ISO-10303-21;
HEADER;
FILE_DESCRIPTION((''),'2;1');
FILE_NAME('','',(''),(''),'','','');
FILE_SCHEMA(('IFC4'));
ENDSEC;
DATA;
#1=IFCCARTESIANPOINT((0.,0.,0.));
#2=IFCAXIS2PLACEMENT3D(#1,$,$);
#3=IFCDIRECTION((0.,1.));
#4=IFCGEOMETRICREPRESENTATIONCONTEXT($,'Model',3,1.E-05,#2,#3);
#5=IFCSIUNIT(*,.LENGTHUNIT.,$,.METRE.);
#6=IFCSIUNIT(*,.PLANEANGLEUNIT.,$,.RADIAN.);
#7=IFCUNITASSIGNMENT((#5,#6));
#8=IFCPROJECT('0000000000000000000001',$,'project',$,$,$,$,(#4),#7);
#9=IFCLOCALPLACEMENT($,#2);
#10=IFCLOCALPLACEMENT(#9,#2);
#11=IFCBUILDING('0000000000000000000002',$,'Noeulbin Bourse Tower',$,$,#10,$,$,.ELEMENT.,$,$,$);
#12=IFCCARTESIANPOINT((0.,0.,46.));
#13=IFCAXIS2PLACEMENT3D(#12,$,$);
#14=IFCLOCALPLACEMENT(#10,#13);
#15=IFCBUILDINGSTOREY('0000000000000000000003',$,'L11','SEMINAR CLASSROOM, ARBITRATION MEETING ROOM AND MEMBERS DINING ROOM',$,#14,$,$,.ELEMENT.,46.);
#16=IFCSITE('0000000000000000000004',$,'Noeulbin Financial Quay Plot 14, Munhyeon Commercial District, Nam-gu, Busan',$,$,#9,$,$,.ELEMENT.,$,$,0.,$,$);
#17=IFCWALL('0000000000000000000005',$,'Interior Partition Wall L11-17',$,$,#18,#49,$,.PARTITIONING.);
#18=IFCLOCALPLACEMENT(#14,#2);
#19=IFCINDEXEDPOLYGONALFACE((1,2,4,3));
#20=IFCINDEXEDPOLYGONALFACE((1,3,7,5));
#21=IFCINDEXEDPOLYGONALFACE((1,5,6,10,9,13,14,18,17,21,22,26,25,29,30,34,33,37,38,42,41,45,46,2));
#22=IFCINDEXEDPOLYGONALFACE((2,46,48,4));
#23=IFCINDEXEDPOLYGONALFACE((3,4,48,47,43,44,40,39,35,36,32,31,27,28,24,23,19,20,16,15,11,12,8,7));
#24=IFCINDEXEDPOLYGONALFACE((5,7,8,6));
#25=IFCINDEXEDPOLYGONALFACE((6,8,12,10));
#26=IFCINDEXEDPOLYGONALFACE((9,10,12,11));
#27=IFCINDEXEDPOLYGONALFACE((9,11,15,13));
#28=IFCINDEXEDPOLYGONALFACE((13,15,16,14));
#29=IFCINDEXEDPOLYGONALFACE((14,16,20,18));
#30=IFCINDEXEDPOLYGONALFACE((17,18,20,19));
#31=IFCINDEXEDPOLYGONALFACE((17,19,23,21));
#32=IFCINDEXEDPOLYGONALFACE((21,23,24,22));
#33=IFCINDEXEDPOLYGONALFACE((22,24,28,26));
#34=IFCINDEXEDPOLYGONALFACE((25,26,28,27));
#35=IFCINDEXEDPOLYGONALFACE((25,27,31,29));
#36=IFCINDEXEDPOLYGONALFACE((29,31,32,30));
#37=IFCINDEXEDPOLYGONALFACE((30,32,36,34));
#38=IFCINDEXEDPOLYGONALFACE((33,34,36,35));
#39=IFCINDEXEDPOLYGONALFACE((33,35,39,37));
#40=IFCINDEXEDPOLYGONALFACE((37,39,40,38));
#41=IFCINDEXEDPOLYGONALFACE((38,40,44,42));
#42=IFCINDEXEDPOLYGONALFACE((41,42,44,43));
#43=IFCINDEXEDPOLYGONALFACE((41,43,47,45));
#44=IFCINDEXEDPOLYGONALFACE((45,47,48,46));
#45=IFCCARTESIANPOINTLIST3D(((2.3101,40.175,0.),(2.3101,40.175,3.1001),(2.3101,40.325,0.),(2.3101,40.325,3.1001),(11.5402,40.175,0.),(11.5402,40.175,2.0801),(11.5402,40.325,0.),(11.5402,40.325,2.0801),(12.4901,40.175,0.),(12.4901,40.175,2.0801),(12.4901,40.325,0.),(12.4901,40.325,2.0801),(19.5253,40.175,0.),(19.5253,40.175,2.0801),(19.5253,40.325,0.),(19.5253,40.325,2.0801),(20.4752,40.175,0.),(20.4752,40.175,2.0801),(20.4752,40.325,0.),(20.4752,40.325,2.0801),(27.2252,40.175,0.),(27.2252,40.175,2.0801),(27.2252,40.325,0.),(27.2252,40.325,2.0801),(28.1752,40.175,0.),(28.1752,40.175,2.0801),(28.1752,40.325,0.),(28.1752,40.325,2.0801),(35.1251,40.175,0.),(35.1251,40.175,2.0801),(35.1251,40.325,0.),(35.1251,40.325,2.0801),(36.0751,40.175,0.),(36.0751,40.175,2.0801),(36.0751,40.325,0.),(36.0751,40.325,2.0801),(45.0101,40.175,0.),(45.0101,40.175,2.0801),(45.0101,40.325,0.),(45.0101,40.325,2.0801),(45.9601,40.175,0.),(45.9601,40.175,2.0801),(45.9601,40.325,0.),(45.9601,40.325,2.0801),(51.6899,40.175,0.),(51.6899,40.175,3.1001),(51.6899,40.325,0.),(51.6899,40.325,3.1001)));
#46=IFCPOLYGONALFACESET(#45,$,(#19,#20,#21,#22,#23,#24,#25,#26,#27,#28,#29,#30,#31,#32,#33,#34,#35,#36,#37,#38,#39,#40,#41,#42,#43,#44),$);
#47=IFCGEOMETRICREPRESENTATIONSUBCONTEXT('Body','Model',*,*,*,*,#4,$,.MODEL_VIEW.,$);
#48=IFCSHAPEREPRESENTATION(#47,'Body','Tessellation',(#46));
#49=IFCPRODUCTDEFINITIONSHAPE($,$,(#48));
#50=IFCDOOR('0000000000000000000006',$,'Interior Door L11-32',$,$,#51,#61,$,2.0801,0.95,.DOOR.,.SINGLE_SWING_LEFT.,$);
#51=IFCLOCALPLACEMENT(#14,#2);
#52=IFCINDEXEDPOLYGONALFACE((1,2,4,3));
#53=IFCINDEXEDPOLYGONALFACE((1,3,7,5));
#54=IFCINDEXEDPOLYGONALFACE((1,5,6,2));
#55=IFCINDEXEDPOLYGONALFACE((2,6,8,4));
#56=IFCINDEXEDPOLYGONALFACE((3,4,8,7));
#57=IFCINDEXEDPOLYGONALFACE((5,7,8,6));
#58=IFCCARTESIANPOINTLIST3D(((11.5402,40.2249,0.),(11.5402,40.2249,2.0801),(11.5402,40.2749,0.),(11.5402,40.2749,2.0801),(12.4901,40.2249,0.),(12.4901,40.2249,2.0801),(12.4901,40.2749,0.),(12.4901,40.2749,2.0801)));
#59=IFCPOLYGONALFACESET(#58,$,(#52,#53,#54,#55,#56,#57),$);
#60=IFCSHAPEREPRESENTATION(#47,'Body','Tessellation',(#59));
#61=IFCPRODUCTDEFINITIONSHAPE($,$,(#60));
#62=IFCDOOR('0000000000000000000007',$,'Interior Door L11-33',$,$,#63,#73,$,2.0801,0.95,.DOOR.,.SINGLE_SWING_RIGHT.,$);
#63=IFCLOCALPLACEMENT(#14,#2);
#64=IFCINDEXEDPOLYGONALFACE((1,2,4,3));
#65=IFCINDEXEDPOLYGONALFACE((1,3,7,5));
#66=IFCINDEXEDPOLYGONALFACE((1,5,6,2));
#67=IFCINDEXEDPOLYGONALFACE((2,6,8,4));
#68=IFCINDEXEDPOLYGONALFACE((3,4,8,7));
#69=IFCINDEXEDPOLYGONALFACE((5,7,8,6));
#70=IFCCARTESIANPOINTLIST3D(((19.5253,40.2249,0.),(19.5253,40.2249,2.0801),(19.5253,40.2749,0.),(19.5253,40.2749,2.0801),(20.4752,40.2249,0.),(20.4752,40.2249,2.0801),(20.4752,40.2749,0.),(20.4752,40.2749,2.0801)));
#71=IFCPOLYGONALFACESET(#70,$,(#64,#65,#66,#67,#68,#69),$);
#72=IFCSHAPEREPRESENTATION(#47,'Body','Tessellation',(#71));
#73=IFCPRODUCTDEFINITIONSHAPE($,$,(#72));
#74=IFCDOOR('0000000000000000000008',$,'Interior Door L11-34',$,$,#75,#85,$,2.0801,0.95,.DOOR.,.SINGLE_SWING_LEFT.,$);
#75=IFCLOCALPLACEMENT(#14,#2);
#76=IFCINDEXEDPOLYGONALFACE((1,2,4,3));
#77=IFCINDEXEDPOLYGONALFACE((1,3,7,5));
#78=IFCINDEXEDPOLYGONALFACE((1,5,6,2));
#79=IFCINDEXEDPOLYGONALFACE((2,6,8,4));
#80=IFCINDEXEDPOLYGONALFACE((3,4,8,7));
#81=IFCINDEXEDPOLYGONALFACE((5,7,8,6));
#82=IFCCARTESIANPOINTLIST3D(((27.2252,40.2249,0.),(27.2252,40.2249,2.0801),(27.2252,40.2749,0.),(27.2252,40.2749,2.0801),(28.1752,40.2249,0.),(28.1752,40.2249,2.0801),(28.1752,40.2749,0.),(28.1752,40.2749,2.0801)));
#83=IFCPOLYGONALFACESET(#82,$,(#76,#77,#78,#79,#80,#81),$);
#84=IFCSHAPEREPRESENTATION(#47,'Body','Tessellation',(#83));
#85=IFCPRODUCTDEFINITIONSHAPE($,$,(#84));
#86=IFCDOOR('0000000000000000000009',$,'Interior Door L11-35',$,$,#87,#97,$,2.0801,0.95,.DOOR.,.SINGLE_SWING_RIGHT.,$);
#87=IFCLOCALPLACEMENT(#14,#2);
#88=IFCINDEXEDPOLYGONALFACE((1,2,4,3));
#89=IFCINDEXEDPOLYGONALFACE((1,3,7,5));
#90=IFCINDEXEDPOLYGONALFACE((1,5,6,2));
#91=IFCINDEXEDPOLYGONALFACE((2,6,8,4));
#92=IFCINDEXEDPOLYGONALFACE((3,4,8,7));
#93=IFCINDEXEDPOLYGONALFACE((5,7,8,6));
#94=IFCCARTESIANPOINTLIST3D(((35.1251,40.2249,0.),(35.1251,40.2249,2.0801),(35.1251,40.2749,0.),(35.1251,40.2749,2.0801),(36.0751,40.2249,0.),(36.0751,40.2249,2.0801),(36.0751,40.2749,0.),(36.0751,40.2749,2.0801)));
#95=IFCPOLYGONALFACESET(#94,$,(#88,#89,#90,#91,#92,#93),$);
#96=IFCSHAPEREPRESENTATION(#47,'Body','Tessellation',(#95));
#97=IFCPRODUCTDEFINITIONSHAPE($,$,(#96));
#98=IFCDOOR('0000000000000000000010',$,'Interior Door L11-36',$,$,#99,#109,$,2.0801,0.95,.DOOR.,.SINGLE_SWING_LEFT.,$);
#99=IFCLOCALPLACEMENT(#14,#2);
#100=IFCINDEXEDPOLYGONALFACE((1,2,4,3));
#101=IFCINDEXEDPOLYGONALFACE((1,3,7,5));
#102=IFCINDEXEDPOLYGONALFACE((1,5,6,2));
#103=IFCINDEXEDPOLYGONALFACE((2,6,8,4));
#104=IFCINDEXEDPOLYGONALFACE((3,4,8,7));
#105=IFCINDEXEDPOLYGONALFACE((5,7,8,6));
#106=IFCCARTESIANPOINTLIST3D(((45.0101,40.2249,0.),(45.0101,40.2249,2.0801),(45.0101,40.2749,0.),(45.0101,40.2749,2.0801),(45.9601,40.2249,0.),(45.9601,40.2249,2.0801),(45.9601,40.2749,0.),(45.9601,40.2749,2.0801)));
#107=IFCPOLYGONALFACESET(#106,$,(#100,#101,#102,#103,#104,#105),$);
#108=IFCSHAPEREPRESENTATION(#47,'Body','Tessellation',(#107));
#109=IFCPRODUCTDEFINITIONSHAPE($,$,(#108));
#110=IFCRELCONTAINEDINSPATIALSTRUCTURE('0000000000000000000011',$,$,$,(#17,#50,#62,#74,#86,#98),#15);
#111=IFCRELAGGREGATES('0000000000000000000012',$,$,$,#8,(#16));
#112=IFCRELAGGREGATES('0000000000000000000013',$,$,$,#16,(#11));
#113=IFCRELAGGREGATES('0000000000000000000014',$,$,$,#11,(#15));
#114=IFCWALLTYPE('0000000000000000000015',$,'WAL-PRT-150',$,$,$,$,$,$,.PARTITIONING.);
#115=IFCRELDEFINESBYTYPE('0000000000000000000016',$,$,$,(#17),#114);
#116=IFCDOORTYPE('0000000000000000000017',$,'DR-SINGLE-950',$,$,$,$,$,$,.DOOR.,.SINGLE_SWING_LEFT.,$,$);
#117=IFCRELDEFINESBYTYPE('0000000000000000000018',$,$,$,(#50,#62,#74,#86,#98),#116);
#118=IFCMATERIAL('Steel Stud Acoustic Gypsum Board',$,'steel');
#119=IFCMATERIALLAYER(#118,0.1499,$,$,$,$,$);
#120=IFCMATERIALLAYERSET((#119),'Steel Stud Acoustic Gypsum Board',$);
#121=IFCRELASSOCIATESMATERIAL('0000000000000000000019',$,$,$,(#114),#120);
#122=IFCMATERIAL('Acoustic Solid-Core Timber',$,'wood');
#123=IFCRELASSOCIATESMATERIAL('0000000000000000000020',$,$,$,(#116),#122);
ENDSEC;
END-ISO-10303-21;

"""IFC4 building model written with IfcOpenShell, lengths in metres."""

from ifc_helpers import new_model, si_unit, direction, frame, frame_2d, origin, place, context, subcontext, project, spatial, rectangle, extrude, material, layer, layer_set, type_object, element, fill, save


model = new_model("IFC4")

# Units and contexts
model_context = context("Model", 3, precision=1e-05, world=origin(), true_north=direction((0.0, 1.0)))
body_context = subcontext(model_context, "Body", "Model", "MODEL_VIEW")
ifc_project = project(units=[si_unit("LENGTHUNIT", "METRE"), si_unit("PLANEANGLEUNIT", "RADIAN")], contexts=[model_context])

# Site, building, storey
site_placement = place(None, origin())
site = spatial("IfcSite", under=ifc_project, at=site_placement, Name="Noeulbin Financial Quay Plot 14, Munhyeon Commercial District, Nam-gu, Busan", CompositionType="ELEMENT", RefElevation=0.0)
building_placement = place(site_placement, origin())
building = spatial("IfcBuilding", under=site, at=building_placement, Name="Noeulbin Bourse Tower", CompositionType="ELEMENT")
storey_placement = place(building_placement, frame((0.0, 0.0, 46.0)))
storey = spatial("IfcBuildingStorey", under=building, at=storey_placement, Name="L11", Description="SEMINAR CLASSROOM, ARBITRATION MEETING ROOM AND MEMBERS DINING ROOM", CompositionType="ELEMENT", Elevation=46.0)

# Wall, openings, doors
ifc_material_1 = material(Name="Steel Stud Acoustic Gypsum Board", Category="steel")
ifc_layer_1 = layer(ifc_material_1, 0.1499)
ifc_layer_set_1 = layer_set([ifc_layer_1], Name="Steel Stud Acoustic Gypsum Board")
wall_type_1 = type_object("IfcWallType", Name="WAL-PRT-150", PredefinedType="PARTITIONING", material=ifc_layer_set_1)
wall_1_placement = place(storey_placement, frame((2.3101, 40.25, 0.0), z_axis=(0.0, 0.0, 1.0), x_axis=(1.0, 0.0, 0.0)))
wall_1 = element("IfcWall", 1, at=wall_1_placement, inside=storey, type_object=wall_type_1, Name="Interior Partition Wall L11-17", PredefinedType="PARTITIONING", context=body_context, shape_type="SweptSolid", body=[
    extrude(rectangle(XDim=49.3799, YDim=0.1499, at=frame_2d((24.6899, 0.0))), origin(), (0.0, 0.0, 1.0), 3.1001),
])
opening_1_placement = place(wall_1_placement, frame((9.23, 0.0, 0.0)))
opening_1 = element("IfcOpeningElement", 2, at=opening_1_placement, cuts=wall_1, PredefinedType="OPENING", context=body_context, shape_type="SweptSolid", body=[
    extrude(rectangle(XDim=0.95, YDim=2.0801, at=frame_2d((0.4751, 1.04))), frame((0.0, 0.085, 0.0), z_axis=(0.0, -1.0, 0.0), x_axis=(1.0, 0.0, 0.0)), (0.0, 0.0, 1.0), 0.1699),
])
opening_2_placement = place(wall_1_placement, frame((17.2151, 0.0, 0.0)))
opening_2 = element("IfcOpeningElement", 3, at=opening_2_placement, cuts=wall_1, PredefinedType="OPENING", context=body_context, shape_type="SweptSolid", body=[
    extrude(rectangle(XDim=0.95, YDim=2.0801, at=frame_2d((0.4751, 1.04))), frame((0.0, 0.085, 0.0), z_axis=(0.0, -1.0, 0.0), x_axis=(1.0, 0.0, 0.0)), (0.0, 0.0, 1.0), 0.1699),
])
opening_3_placement = place(wall_1_placement, frame((24.915, 0.0, 0.0)))
opening_3 = element("IfcOpeningElement", 4, at=opening_3_placement, cuts=wall_1, PredefinedType="OPENING", context=body_context, shape_type="SweptSolid", body=[
    extrude(rectangle(XDim=0.95, YDim=2.0801, at=frame_2d((0.4751, 1.04))), frame((0.0, 0.085, 0.0), z_axis=(0.0, -1.0, 0.0), x_axis=(1.0, 0.0, 0.0)), (0.0, 0.0, 1.0), 0.1699),
])
opening_4_placement = place(wall_1_placement, frame((32.8149, 0.0, 0.0)))
opening_4 = element("IfcOpeningElement", 5, at=opening_4_placement, cuts=wall_1, PredefinedType="OPENING", context=body_context, shape_type="SweptSolid", body=[
    extrude(rectangle(XDim=0.95, YDim=2.0801, at=frame_2d((0.4751, 1.04))), frame((0.0, 0.085, 0.0), z_axis=(0.0, -1.0, 0.0), x_axis=(1.0, 0.0, 0.0)), (0.0, 0.0, 1.0), 0.1699),
])
opening_5_placement = place(wall_1_placement, frame((42.7, 0.0, 0.0)))
opening_5 = element("IfcOpeningElement", 6, at=opening_5_placement, cuts=wall_1, PredefinedType="OPENING", context=body_context, shape_type="SweptSolid", body=[
    extrude(rectangle(XDim=0.95, YDim=2.0801, at=frame_2d((0.4751, 1.04))), frame((0.0, 0.085, 0.0), z_axis=(0.0, -1.0, 0.0), x_axis=(1.0, 0.0, 0.0)), (0.0, 0.0, 1.0), 0.1699),
])
ifc_material_2 = material(Name="Acoustic Solid-Core Timber", Category="wood")
door_type = type_object("IfcDoorType", Name="DR-SINGLE-950", OperationType="SINGLE_SWING_LEFT", PredefinedType="DOOR", material=ifc_material_2)
door_1_placement = place(opening_1_placement, origin())
door_1 = element("IfcDoor", 7, at=door_1_placement, inside=storey, type_object=door_type, Name="Interior Door L11-32", OperationType="SINGLE_SWING_LEFT", OverallHeight=2.0801, OverallWidth=0.95, PredefinedType="DOOR", context=body_context, shape_type="SweptSolid", body=[
    extrude(rectangle(XDim=0.95, YDim=2.0801, at=frame_2d((0.4751, 1.04))), frame((0.0, 0.0249, 0.0), z_axis=(0.0, -1.0, 0.0), x_axis=(1.0, 0.0, 0.0)), (0.0, 0.0, 1.0), 0.05),
])
fill(opening_1, door_1)
door_2_placement = place(opening_2_placement, origin())
door_2 = element("IfcDoor", 8, at=door_2_placement, inside=storey, type_object=door_type, Name="Interior Door L11-33", OperationType="SINGLE_SWING_RIGHT", OverallHeight=2.0801, OverallWidth=0.95, PredefinedType="DOOR", context=body_context, shape_type="SweptSolid", body=[
    extrude(rectangle(XDim=0.95, YDim=2.0801, at=frame_2d((0.4751, 1.04))), frame((0.0, 0.0249, 0.0), z_axis=(0.0, -1.0, 0.0), x_axis=(1.0, 0.0, 0.0)), (0.0, 0.0, 1.0), 0.05),
])
fill(opening_2, door_2)
door_3_placement = place(opening_3_placement, origin())
door_3 = element("IfcDoor", 9, at=door_3_placement, inside=storey, type_object=door_type, Name="Interior Door L11-34", OperationType="SINGLE_SWING_LEFT", OverallHeight=2.0801, OverallWidth=0.95, PredefinedType="DOOR", context=body_context, shape_type="SweptSolid", body=[
    extrude(rectangle(XDim=0.95, YDim=2.0801, at=frame_2d((0.4751, 1.04))), frame((0.0, 0.0249, 0.0), z_axis=(0.0, -1.0, 0.0), x_axis=(1.0, 0.0, 0.0)), (0.0, 0.0, 1.0), 0.05),
])
fill(opening_3, door_3)
door_4_placement = place(opening_4_placement, origin())
door_4 = element("IfcDoor", 10, at=door_4_placement, inside=storey, type_object=door_type, Name="Interior Door L11-35", OperationType="SINGLE_SWING_RIGHT", OverallHeight=2.0801, OverallWidth=0.95, PredefinedType="DOOR", context=body_context, shape_type="SweptSolid", body=[
    extrude(rectangle(XDim=0.95, YDim=2.0801, at=frame_2d((0.4751, 1.04))), frame((0.0, 0.0249, 0.0), z_axis=(0.0, -1.0, 0.0), x_axis=(1.0, 0.0, 0.0)), (0.0, 0.0, 1.0), 0.05),
])
fill(opening_4, door_4)
door_5_placement = place(opening_5_placement, origin())
door_5 = element("IfcDoor", 11, at=door_5_placement, inside=storey, type_object=door_type, Name="Interior Door L11-36", OperationType="SINGLE_SWING_LEFT", OverallHeight=2.0801, OverallWidth=0.95, PredefinedType="DOOR", context=body_context, shape_type="SweptSolid", body=[
    extrude(rectangle(XDim=0.95, YDim=2.0801, at=frame_2d((0.4751, 1.04))), frame((0.0, 0.0249, 0.0), z_axis=(0.0, -1.0, 0.0), x_axis=(1.0, 0.0, 0.0)), (0.0, 0.0, 1.0), 0.05),
])
fill(opening_5, door_5)

save(model, "model.ifc")
